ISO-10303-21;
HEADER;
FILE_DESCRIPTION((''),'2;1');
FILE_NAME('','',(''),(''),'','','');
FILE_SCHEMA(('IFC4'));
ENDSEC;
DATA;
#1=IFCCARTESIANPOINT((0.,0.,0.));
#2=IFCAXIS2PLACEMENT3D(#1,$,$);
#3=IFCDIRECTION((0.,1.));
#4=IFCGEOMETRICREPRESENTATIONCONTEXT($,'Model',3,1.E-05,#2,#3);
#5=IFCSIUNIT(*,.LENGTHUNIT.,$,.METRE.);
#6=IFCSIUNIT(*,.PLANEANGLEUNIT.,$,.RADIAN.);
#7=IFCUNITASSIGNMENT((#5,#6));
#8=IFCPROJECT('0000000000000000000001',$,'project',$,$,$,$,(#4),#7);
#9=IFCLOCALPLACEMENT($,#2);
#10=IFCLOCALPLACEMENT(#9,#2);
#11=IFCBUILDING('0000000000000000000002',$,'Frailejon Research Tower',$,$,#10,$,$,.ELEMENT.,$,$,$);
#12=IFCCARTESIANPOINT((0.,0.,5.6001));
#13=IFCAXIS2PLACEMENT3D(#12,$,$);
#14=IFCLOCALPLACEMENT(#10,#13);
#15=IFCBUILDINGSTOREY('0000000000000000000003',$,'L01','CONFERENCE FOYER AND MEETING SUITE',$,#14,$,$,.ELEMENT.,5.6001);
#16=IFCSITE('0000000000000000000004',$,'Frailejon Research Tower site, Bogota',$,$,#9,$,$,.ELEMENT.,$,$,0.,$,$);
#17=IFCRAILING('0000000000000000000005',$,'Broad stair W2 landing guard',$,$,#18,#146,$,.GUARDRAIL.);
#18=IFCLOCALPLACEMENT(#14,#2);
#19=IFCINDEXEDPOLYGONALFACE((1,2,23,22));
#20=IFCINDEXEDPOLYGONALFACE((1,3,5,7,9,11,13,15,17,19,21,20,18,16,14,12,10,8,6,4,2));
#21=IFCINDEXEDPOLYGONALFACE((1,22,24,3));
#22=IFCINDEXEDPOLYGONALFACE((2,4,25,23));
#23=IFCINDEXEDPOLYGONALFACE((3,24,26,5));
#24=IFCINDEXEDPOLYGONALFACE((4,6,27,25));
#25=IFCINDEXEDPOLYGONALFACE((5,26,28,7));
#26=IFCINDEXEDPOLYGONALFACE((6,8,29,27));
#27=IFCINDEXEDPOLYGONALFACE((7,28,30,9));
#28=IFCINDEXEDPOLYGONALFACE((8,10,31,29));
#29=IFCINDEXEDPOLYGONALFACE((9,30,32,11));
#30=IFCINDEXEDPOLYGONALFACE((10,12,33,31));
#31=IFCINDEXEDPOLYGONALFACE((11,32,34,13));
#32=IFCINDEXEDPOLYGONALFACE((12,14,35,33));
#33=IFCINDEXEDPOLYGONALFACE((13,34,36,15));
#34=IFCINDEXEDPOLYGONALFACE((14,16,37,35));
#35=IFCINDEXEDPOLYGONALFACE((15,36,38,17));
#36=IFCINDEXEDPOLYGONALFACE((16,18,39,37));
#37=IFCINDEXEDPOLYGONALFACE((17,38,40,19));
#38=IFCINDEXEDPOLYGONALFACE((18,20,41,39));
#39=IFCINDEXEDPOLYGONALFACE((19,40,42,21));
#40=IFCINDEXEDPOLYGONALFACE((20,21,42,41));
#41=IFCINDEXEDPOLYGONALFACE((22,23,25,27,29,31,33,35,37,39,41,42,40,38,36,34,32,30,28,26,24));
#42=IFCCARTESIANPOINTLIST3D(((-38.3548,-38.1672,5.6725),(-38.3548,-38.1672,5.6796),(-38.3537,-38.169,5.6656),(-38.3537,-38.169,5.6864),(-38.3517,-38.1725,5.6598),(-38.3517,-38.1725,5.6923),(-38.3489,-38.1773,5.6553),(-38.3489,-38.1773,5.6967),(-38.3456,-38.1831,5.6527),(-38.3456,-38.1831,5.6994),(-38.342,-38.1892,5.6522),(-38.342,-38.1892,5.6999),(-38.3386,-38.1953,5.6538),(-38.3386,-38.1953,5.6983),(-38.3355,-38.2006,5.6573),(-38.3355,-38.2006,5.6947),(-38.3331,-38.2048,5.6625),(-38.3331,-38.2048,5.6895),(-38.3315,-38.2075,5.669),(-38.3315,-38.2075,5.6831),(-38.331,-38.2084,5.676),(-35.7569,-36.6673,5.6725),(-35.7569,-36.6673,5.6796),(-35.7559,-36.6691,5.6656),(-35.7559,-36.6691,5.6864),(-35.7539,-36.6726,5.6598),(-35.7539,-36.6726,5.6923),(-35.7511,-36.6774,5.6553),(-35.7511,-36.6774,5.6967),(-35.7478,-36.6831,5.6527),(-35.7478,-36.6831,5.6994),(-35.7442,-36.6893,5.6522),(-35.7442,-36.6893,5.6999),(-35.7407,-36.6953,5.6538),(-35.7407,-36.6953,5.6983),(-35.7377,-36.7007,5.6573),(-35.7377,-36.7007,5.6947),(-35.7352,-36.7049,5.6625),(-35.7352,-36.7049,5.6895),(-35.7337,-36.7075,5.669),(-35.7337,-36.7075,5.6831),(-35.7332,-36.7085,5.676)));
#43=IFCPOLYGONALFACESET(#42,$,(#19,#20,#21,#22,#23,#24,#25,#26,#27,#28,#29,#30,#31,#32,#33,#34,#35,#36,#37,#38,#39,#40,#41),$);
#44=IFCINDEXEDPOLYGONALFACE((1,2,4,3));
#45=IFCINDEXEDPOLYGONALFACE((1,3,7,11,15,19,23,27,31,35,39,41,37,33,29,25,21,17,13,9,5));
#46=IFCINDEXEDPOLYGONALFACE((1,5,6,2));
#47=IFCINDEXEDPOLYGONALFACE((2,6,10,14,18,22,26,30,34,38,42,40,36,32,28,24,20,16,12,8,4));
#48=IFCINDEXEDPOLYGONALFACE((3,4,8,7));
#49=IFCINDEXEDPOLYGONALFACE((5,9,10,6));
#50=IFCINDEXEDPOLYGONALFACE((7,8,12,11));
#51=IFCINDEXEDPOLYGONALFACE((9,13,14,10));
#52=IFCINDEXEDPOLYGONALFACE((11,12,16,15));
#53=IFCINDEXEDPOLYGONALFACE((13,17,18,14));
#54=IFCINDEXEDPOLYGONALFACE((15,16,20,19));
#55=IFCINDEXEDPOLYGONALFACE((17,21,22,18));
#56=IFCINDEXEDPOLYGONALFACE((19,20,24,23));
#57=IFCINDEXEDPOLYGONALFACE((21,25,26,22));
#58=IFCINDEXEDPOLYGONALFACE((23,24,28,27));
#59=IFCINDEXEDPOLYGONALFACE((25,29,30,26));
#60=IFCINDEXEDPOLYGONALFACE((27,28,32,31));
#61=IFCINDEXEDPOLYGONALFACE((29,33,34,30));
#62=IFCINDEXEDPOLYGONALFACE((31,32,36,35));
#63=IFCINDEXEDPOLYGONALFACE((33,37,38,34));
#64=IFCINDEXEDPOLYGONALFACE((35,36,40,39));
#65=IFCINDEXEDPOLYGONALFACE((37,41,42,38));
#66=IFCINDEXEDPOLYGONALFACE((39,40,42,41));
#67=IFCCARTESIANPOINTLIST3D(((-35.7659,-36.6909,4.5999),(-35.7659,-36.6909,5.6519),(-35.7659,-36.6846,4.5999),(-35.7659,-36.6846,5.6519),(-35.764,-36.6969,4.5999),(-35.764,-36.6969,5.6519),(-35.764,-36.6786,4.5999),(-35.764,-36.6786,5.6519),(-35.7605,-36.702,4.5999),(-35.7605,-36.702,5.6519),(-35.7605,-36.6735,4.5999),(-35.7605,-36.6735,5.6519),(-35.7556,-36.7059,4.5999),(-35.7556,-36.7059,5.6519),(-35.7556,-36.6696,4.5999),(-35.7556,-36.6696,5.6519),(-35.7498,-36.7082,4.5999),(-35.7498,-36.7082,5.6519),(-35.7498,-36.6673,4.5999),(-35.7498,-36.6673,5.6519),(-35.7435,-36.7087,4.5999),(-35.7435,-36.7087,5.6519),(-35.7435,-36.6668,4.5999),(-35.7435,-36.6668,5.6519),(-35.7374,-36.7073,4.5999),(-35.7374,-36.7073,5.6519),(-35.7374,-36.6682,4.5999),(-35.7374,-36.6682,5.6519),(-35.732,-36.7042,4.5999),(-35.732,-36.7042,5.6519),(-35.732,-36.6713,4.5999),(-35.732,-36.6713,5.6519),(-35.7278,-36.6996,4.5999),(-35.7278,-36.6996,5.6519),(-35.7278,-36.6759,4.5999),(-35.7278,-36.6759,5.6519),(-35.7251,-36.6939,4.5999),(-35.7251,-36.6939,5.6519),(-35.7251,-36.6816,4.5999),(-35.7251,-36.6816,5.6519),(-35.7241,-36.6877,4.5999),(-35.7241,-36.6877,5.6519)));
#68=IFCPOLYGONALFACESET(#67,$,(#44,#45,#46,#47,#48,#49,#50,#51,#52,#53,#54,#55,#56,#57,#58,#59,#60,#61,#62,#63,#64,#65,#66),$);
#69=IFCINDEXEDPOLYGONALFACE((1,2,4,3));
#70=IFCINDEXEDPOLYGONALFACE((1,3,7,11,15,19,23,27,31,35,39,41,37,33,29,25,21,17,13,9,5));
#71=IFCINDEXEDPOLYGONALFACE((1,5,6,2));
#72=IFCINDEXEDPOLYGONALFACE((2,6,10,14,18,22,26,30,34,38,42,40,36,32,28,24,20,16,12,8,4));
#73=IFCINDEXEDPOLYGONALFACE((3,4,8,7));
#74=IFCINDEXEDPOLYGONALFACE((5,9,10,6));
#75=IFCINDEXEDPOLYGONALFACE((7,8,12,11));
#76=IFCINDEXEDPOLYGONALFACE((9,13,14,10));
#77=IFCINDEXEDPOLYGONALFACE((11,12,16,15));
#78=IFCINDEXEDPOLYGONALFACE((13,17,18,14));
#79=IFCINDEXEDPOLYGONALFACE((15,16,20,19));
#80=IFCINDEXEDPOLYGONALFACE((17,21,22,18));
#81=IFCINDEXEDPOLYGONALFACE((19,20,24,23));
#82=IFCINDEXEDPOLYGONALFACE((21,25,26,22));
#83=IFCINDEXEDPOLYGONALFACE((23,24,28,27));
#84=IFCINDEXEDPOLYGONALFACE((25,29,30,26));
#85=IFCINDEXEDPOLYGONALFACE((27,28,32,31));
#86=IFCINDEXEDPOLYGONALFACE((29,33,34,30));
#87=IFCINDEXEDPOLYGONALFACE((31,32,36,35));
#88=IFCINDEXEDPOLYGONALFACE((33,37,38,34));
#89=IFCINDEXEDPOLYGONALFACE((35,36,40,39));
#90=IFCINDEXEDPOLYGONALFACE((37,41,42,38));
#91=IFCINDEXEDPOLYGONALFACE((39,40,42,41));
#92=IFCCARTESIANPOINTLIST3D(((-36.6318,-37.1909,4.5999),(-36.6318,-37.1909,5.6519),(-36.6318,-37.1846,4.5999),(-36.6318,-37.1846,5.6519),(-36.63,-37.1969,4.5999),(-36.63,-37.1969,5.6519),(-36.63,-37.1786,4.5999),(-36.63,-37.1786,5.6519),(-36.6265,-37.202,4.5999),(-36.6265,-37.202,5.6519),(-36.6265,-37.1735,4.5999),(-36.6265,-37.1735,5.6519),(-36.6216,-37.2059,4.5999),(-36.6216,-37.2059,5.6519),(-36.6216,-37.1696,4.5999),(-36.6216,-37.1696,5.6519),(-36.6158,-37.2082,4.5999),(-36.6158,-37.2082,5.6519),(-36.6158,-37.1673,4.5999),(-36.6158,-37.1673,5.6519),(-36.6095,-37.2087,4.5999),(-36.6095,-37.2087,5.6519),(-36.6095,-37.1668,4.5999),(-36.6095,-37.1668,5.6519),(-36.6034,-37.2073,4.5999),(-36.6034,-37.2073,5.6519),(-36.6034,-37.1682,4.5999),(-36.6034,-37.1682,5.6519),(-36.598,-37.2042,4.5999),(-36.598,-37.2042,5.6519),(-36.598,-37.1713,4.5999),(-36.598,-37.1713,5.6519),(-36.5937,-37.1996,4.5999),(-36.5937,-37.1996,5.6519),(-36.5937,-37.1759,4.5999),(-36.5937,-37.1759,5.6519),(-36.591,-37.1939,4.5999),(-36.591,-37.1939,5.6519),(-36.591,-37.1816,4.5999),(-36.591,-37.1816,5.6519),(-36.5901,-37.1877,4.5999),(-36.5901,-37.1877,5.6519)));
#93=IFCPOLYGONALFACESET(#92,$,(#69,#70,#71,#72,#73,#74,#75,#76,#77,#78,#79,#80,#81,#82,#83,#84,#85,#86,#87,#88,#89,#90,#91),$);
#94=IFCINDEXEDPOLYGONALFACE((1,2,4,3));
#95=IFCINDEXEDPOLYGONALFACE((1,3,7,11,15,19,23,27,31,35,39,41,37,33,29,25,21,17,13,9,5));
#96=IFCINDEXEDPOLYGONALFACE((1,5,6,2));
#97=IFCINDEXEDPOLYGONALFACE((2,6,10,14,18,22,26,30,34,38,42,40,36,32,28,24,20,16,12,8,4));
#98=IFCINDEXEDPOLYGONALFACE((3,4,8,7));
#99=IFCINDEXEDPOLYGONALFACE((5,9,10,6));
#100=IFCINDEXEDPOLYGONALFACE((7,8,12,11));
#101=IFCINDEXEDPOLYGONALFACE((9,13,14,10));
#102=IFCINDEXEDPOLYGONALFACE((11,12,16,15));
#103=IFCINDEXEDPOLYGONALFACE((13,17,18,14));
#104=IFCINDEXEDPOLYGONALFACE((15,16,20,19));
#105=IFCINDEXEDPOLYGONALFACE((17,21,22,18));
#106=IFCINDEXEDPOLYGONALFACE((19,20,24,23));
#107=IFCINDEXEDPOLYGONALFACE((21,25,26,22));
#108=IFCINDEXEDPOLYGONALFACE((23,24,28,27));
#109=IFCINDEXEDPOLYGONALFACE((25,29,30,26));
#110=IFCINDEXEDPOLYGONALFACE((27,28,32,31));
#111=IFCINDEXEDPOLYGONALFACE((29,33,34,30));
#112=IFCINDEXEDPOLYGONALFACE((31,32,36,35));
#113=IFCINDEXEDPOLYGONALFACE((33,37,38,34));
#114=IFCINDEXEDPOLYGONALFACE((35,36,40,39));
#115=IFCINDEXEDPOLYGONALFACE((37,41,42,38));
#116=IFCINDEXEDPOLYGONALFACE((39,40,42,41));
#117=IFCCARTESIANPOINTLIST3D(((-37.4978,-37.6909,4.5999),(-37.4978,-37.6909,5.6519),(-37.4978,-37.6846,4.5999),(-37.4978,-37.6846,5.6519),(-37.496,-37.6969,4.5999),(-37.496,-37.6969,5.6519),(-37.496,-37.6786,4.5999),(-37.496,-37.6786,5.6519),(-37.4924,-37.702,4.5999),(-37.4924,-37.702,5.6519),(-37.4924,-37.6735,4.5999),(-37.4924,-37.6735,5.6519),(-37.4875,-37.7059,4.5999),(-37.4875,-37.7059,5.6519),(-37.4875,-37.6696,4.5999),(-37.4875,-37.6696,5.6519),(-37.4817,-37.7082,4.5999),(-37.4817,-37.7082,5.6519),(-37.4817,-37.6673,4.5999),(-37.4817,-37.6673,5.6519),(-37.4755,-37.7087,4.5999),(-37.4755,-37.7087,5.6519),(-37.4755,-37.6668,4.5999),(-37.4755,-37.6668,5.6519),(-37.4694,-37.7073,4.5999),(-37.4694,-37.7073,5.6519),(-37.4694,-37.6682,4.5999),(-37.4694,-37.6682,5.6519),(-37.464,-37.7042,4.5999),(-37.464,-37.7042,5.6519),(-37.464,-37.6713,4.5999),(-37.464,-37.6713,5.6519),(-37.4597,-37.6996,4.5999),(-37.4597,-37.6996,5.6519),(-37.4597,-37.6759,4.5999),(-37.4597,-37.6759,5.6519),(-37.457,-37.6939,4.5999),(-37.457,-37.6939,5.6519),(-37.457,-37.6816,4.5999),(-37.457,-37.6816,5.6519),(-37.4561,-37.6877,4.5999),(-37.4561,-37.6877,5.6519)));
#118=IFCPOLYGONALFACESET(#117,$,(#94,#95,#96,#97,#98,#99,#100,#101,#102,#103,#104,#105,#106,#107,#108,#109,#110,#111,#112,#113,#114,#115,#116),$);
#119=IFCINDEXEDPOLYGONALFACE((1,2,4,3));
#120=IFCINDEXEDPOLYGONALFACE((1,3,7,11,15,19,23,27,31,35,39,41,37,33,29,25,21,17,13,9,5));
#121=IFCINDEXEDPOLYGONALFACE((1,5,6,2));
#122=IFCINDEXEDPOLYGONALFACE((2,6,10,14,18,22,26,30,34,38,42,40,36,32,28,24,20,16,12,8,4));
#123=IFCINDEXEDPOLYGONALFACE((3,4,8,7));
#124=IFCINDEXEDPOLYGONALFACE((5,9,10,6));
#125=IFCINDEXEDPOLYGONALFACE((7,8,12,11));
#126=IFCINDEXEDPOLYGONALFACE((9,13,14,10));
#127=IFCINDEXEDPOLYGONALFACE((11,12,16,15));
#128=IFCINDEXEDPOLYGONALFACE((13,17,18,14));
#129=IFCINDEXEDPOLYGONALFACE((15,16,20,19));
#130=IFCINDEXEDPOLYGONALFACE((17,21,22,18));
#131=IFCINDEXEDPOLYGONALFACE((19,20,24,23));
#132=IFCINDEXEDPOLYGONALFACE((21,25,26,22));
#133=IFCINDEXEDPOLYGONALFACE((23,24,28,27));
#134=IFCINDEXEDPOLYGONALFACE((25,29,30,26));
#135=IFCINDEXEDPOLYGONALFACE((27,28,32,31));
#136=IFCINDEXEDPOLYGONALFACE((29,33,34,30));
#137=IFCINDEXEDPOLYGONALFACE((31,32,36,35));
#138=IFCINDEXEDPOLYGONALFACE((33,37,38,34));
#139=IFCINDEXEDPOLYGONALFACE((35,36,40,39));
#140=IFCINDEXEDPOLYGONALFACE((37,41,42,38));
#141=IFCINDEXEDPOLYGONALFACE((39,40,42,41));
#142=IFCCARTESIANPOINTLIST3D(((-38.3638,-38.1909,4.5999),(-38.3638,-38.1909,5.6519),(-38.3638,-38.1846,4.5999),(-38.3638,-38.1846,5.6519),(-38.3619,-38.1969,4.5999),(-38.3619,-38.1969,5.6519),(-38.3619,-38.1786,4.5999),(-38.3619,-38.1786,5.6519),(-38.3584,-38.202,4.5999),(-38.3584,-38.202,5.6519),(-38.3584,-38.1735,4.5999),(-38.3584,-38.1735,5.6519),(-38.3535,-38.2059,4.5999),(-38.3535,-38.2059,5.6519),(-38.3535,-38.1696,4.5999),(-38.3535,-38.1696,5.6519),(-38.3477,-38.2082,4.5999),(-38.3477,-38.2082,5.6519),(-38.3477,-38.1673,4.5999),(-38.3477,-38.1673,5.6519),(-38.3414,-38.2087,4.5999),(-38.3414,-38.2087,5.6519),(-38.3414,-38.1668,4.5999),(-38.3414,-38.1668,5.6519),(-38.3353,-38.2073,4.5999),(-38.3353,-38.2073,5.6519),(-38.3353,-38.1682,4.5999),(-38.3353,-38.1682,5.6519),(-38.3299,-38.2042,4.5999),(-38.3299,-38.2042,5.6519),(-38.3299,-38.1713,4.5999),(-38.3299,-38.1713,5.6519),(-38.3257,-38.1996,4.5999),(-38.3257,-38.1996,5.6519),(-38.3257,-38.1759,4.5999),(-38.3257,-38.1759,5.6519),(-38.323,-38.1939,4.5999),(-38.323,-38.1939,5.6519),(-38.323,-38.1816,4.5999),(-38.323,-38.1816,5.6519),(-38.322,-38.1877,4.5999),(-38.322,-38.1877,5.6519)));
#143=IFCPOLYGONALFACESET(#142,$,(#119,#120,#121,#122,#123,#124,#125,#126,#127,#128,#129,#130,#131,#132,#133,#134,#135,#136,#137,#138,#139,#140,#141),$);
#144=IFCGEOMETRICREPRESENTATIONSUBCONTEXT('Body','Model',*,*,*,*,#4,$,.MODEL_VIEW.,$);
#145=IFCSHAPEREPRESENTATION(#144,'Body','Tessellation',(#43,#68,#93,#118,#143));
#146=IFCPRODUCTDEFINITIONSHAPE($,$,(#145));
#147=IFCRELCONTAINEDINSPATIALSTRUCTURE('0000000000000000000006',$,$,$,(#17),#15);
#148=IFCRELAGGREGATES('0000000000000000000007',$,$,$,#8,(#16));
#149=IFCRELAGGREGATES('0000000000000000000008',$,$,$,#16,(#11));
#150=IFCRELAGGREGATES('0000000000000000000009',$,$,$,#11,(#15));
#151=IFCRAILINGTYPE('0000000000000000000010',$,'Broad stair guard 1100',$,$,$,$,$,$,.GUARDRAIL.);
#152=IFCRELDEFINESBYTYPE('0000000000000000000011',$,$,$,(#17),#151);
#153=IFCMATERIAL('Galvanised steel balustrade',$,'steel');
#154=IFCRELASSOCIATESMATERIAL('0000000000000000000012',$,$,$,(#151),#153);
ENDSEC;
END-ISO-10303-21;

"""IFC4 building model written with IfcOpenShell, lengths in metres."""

from ifc_helpers import new_model, si_unit, direction, frame, origin, origin_2d, place, context, subcontext, project, spatial, circle, extrude, material, type_object, element, save


model = new_model("IFC4")

# Units and contexts
model_context = context("Model", 3, precision=1e-05, world=origin(), true_north=direction((0.0, 1.0)))
body_context = subcontext(model_context, "Body", "Model", "MODEL_VIEW")
ifc_project = project(units=[si_unit("LENGTHUNIT", "METRE"), si_unit("PLANEANGLEUNIT", "RADIAN")], contexts=[model_context])

# Site, building, storey
site_placement = place(None, origin())
site = spatial("IfcSite", under=ifc_project, at=site_placement, Name="Frailejon Research Tower site, Bogota", CompositionType="ELEMENT", RefElevation=0.0)
building_placement = place(site_placement, origin())
building = spatial("IfcBuilding", under=site, at=building_placement, Name="Frailejon Research Tower", CompositionType="ELEMENT")
storey_placement = place(building_placement, frame((0.0, 0.0, 5.6001)))
storey = spatial("IfcBuildingStorey", under=building, at=storey_placement, Name="L01", Description="CONFERENCE FOYER AND MEETING SUITE", CompositionType="ELEMENT", Elevation=5.6001)

# Railing
ifc_material_1 = material(Name="Galvanised steel balustrade", Category="steel")
railing_type_1 = type_object("IfcRailingType", Name="Broad stair guard 1100", PredefinedType="GUARDRAIL", material=ifc_material_1)
railing_1_placement = place(storey_placement, frame((-35.7451, -36.6877, 4.5999)))
element("IfcRailing", 1, at=railing_1_placement, inside=storey, type_object=railing_type_1, Name="Broad stair W2 landing guard", PredefinedType="GUARDRAIL", context=body_context, shape_type="SweptSolid", body=[
    extrude(circle(Radius=0.0239, at=origin_2d()), frame((0.0, 0.0, 1.0762), z_axis=(-0.866011, -0.500025, 0.0), x_axis=(0.500025, -0.866011, 0.0)), (0.0, 0.0, 1.0), 2.9998),
    extrude(circle(Radius=0.021, at=origin_2d()), origin(), (0.0, 0.0, 1.0), 1.052),
    extrude(circle(Radius=0.021, at=origin_2d()), frame((-0.866, -0.5, 0.0)), (0.0, 0.0, 1.0), 1.052),
    extrude(circle(Radius=0.021, at=origin_2d()), frame((-1.7319, -1.0, 0.0)), (0.0, 0.0, 1.0), 1.052),
    extrude(circle(Radius=0.021, at=origin_2d()), frame((-2.5979, -1.5, 0.0)), (0.0, 0.0, 1.0), 1.052),
])

save(model, "model.ifc")
